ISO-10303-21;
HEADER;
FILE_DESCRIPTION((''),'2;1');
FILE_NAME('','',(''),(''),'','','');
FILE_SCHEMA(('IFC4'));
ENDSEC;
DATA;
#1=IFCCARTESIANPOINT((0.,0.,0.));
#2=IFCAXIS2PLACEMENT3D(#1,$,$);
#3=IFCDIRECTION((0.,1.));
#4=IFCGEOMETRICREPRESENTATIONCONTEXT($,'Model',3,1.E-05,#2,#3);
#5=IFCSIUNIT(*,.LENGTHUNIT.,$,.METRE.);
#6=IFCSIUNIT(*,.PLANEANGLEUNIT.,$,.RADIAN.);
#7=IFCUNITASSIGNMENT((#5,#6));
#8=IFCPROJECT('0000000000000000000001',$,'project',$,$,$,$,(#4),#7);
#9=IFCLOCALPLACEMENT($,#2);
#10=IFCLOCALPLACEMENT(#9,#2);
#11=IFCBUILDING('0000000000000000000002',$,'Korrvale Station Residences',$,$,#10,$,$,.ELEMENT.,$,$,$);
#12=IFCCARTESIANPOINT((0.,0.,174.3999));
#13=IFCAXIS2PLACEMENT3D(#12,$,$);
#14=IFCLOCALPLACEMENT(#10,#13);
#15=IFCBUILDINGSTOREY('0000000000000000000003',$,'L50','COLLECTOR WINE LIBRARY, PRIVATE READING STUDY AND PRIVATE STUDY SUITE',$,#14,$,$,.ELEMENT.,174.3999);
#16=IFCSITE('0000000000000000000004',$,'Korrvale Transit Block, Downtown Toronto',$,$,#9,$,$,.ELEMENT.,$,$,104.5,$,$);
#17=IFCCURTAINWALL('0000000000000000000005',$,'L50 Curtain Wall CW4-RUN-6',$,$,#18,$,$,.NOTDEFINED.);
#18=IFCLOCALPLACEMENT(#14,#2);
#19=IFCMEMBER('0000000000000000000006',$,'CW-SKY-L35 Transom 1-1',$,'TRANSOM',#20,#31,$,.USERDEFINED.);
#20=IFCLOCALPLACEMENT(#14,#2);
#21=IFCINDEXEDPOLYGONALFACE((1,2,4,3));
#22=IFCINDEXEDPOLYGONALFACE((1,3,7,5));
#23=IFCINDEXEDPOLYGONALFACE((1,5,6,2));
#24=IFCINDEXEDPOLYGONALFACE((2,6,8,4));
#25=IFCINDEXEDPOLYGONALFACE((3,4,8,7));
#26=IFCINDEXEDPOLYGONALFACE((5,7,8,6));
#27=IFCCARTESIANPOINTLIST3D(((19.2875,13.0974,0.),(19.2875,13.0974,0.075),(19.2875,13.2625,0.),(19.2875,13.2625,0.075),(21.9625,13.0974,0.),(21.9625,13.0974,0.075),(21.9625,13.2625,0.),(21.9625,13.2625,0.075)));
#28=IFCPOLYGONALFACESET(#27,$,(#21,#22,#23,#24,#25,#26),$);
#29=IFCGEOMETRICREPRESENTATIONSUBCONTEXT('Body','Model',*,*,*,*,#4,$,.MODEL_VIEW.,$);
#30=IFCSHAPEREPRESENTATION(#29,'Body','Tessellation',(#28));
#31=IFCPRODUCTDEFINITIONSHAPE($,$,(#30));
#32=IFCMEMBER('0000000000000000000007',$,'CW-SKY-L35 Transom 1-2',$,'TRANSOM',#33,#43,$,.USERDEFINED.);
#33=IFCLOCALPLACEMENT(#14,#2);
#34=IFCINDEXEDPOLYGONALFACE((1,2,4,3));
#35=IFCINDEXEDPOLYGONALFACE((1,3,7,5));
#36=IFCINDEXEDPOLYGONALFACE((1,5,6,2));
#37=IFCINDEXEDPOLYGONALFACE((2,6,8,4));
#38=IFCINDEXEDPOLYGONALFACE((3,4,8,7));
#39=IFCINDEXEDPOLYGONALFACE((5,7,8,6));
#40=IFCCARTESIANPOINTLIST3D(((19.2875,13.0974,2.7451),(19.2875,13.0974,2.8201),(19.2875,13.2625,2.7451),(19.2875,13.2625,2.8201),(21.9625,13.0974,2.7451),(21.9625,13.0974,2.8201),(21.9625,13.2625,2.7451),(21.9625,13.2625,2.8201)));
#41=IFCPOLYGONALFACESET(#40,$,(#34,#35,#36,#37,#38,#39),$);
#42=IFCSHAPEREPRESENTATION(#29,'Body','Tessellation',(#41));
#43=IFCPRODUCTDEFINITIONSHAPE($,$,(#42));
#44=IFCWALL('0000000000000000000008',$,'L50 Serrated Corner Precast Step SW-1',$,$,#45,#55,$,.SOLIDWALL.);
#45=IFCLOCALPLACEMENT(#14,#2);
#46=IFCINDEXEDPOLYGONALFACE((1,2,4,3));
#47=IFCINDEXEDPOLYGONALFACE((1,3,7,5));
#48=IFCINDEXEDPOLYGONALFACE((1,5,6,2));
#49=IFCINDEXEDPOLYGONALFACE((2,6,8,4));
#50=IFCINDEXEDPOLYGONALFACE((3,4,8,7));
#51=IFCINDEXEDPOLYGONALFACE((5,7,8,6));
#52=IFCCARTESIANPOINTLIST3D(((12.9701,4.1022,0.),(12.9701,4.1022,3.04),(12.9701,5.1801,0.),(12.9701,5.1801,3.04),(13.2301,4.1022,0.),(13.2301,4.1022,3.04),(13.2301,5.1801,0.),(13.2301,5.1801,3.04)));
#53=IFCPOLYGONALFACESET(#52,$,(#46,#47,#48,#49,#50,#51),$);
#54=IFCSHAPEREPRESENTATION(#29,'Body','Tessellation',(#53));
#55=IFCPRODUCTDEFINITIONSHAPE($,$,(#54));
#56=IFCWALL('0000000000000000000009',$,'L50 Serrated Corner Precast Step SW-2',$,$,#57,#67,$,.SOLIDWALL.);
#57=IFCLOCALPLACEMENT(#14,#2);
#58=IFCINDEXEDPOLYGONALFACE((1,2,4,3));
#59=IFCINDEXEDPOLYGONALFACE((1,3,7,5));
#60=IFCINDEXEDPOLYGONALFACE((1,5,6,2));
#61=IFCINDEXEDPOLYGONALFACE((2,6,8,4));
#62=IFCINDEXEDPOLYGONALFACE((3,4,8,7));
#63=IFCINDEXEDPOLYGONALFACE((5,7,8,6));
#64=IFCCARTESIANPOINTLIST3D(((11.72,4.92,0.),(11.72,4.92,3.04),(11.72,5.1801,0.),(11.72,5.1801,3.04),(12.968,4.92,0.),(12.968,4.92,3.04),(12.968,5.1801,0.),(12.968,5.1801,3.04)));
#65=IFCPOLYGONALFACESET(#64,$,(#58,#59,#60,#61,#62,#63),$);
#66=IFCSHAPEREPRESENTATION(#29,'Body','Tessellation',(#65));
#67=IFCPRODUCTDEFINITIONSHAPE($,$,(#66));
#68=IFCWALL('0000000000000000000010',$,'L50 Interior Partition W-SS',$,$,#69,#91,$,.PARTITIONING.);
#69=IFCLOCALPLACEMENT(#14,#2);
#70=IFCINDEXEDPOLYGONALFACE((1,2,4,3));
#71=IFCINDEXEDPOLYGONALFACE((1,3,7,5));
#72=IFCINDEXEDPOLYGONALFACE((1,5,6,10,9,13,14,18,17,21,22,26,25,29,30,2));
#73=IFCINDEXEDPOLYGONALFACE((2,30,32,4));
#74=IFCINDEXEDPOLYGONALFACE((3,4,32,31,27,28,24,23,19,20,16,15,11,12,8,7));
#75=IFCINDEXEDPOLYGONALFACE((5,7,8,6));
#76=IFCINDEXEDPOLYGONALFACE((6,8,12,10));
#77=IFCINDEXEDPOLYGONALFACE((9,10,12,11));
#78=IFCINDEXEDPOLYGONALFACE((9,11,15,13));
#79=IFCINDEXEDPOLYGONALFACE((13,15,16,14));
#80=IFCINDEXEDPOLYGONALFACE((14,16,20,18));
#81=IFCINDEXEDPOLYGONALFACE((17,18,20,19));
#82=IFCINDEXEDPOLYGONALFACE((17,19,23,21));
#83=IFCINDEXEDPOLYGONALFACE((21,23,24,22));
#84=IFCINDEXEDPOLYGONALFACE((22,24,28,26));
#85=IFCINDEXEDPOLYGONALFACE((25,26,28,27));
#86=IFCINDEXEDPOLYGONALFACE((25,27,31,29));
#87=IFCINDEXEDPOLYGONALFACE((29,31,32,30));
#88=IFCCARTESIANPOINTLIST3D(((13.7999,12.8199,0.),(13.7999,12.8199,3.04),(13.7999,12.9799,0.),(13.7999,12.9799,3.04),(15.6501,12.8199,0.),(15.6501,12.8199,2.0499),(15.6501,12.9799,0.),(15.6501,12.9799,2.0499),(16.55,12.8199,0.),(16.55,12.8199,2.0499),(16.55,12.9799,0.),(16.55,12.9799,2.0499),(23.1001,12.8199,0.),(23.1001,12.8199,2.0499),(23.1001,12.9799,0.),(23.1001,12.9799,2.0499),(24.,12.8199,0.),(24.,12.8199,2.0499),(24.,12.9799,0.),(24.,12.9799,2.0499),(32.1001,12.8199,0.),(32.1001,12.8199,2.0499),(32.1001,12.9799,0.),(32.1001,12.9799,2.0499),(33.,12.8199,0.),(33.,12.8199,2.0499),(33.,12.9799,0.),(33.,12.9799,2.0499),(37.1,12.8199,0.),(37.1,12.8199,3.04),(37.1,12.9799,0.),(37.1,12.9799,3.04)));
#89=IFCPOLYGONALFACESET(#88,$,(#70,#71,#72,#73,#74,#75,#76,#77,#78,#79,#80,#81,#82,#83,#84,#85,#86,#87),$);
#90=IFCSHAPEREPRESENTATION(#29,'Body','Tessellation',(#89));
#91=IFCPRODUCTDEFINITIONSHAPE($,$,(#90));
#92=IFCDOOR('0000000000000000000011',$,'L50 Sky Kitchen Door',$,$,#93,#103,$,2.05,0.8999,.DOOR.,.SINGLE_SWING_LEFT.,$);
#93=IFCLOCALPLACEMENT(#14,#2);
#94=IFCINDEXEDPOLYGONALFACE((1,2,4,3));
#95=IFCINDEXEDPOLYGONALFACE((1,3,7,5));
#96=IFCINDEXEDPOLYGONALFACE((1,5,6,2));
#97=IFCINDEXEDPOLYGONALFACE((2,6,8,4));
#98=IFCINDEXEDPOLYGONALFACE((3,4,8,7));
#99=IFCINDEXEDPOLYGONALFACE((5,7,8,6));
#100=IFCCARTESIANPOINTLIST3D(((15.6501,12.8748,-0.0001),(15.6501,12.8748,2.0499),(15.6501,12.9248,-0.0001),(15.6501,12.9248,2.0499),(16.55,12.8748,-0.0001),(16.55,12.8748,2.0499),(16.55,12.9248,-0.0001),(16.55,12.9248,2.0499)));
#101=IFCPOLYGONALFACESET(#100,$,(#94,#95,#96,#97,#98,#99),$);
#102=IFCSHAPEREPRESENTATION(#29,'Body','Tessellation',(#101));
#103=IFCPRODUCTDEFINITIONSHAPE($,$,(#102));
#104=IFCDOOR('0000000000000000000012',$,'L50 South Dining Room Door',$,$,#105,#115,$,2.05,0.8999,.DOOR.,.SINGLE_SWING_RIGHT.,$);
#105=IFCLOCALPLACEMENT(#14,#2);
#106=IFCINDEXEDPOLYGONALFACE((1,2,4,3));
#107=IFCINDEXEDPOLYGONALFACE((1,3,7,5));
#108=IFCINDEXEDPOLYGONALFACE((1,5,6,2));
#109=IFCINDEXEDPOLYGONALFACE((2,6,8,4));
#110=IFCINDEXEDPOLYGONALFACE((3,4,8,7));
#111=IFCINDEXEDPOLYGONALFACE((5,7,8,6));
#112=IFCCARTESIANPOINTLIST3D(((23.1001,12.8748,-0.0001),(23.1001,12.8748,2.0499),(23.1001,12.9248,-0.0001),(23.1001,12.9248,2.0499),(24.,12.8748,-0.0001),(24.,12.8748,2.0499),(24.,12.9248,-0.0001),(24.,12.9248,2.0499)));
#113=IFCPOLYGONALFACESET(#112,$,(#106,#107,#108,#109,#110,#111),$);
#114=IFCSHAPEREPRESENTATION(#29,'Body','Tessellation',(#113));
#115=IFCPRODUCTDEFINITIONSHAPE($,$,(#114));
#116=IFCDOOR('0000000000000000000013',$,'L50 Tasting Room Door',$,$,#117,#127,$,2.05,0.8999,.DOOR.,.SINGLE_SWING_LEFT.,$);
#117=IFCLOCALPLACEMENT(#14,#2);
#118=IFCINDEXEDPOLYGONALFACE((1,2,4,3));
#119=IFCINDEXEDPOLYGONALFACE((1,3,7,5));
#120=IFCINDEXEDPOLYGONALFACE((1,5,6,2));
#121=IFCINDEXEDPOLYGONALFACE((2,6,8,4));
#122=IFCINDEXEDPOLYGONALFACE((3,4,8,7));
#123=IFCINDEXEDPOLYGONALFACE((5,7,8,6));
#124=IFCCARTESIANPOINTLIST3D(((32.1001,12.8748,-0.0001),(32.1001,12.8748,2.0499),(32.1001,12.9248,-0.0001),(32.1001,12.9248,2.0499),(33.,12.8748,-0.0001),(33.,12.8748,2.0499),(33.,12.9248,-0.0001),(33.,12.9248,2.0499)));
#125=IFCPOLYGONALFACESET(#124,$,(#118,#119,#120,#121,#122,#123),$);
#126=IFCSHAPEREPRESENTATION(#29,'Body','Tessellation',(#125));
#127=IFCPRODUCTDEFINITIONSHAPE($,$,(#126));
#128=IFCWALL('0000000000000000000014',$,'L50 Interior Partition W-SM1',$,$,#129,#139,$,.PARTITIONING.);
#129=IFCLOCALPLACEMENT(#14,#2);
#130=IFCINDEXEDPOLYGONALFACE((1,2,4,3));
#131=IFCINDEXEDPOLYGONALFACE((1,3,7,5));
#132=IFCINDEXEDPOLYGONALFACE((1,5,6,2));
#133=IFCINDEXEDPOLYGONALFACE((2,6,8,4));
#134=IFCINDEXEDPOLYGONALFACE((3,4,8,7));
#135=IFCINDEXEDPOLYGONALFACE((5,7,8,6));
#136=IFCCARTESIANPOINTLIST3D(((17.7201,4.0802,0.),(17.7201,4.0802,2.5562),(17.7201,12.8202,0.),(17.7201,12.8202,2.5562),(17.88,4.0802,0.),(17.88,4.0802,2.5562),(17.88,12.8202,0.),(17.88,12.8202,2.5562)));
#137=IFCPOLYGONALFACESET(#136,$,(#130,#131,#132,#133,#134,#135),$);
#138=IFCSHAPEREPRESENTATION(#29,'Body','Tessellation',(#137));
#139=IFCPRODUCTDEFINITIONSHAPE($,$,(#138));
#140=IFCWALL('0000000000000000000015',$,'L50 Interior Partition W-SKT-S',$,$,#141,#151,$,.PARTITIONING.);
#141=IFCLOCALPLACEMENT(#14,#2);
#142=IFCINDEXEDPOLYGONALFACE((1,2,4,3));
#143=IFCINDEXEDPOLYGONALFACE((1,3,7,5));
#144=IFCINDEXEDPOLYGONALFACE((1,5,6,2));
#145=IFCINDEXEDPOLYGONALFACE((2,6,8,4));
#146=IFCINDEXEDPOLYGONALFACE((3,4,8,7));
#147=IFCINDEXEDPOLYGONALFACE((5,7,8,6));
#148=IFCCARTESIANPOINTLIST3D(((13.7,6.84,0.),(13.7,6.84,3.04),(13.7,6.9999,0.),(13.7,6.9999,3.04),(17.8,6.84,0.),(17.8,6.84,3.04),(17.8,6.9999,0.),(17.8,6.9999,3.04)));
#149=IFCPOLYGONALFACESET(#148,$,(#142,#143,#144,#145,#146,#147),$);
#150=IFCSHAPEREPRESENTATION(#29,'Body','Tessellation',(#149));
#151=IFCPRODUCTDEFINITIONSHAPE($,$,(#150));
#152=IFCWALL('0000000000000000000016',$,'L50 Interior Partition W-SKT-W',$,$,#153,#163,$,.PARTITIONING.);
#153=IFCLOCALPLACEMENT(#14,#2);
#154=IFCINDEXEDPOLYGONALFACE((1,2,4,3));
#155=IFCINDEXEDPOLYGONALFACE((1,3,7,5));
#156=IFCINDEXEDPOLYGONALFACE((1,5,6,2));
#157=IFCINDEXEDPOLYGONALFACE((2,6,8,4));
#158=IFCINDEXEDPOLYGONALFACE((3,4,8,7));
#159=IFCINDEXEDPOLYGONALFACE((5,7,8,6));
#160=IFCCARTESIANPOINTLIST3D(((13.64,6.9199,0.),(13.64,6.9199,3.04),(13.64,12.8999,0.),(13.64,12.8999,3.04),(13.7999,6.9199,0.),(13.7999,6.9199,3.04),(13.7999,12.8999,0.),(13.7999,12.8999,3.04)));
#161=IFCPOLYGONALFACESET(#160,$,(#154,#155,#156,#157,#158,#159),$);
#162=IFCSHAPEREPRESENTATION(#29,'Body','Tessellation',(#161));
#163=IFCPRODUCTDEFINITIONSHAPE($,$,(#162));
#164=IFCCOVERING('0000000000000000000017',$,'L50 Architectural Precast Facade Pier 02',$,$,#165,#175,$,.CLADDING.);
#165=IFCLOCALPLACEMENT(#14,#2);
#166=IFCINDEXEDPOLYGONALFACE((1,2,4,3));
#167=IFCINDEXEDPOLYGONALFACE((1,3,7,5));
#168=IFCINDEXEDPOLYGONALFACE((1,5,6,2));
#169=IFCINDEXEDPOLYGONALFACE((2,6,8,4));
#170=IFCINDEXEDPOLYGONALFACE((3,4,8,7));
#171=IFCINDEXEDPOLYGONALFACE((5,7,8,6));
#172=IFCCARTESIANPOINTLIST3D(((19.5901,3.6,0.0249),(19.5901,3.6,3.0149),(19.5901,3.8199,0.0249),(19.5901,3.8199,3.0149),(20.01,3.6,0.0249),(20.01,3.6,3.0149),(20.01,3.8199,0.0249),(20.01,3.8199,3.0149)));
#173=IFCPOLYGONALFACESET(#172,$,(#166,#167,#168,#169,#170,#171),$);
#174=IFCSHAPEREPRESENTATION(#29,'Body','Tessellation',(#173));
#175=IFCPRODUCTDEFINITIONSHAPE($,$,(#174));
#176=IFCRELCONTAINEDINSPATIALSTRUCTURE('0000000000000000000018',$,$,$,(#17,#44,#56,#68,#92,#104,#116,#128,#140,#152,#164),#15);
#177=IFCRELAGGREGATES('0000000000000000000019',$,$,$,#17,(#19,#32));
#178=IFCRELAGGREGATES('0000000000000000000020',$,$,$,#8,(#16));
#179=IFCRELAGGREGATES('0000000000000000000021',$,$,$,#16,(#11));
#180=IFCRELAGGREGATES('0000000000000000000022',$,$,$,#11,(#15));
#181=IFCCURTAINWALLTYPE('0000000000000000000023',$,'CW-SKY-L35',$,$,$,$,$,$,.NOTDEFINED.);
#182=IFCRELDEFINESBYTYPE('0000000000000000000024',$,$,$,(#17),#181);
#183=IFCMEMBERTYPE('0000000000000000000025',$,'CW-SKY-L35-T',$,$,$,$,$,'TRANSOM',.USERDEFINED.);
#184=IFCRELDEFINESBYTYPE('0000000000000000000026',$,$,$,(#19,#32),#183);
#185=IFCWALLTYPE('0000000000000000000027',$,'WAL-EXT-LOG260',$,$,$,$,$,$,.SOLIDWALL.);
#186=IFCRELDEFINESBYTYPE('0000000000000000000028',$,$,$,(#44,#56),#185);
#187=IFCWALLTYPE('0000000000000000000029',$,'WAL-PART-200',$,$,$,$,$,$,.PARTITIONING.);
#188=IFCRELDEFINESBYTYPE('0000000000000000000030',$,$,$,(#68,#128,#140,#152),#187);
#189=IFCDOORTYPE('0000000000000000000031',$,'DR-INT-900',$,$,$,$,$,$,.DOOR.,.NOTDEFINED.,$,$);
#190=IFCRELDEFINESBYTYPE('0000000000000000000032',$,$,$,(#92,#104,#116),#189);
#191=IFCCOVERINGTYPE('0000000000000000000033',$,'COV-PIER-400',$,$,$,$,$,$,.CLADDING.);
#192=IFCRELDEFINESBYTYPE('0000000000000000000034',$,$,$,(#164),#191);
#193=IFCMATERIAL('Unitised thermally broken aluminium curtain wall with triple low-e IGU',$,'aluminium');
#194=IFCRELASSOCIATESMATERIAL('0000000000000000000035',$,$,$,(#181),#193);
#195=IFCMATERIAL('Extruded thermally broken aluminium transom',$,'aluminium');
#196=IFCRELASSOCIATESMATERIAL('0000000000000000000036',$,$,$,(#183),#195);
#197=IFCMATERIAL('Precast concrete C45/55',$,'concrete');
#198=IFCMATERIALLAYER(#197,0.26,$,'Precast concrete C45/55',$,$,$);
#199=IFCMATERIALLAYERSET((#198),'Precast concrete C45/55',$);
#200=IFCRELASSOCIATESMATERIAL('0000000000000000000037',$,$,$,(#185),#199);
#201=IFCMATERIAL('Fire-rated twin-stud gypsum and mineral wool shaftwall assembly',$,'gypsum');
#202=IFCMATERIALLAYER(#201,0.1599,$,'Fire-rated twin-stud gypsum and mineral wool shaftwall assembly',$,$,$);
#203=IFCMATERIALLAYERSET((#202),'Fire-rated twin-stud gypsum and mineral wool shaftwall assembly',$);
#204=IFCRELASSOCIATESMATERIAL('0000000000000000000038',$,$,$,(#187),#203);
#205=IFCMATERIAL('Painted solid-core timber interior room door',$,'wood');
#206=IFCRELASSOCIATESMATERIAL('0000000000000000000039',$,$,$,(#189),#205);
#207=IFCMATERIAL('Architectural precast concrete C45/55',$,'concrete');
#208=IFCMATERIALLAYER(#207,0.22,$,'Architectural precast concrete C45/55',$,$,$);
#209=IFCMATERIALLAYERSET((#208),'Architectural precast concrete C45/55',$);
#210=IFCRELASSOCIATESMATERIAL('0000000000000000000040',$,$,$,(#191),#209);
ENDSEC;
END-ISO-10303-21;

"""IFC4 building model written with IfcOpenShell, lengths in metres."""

from ifc_helpers import new_model, si_unit, direction, frame, frame_2d, origin, origin_2d, place, context, subcontext, project, spatial, rectangle, extrude, material, layer, layer_set, type_object, element, fill, aggregate, save


model = new_model("IFC4")

# Units and contexts
model_context = context("Model", 3, precision=1e-05, world=origin(), true_north=direction((0.0, 1.0)))
body_context = subcontext(model_context, "Body", "Model", "MODEL_VIEW")
ifc_project = project(units=[si_unit("LENGTHUNIT", "METRE"), si_unit("PLANEANGLEUNIT", "RADIAN")], contexts=[model_context])

# Site, building, storey
site_placement = place(None, origin())
site = spatial("IfcSite", under=ifc_project, at=site_placement, Name="Korrvale Transit Block, Downtown Toronto", CompositionType="ELEMENT", RefElevation=104.5)
building_placement = place(site_placement, origin())
building = spatial("IfcBuilding", under=site, at=building_placement, Name="Korrvale Station Residences", CompositionType="ELEMENT")
storey_placement = place(building_placement, frame((0.0, 0.0, 174.3999)))
storey = spatial("IfcBuildingStorey", under=building, at=storey_placement, Name="L50", Description="COLLECTOR WINE LIBRARY, PRIVATE READING STUDY AND PRIVATE STUDY SUITE", CompositionType="ELEMENT", Elevation=174.3999)

# Curtain wall, members
ifc_material_1 = material(Name="Unitised thermally broken aluminium curtain wall with triple low-e IGU", Category="aluminium")
curtain_wall_type = type_object("IfcCurtainWallType", Name="CW-SKY-L35", PredefinedType="NOTDEFINED", material=ifc_material_1)
curtain_wall_placement = place(storey_placement, origin())
curtain_wall = element("IfcCurtainWall", 1, at=curtain_wall_placement, inside=storey, type_object=curtain_wall_type, Name="L50 Curtain Wall CW4-RUN-6", PredefinedType="NOTDEFINED")
ifc_material_2 = material(Name="Extruded thermally broken aluminium transom", Category="aluminium")
member_type_1 = type_object("IfcMemberType", Name="CW-SKY-L35-T", ElementType="TRANSOM", PredefinedType="USERDEFINED", material=ifc_material_2)
member_1_placement = place(storey_placement, frame((20.625, 13.1799, 0.0), z_axis=(0.0, 0.0, 1.0), x_axis=(1.0, 0.0, 0.0)))
member_1 = element("IfcMember", 2, at=member_1_placement, type_object=member_type_1, Name="CW-SKY-L35 Transom 1-1", ObjectType="TRANSOM", PredefinedType="USERDEFINED", context=body_context, shape_type="SweptSolid", body=[
    extrude(rectangle(XDim=2.675, YDim=0.165, at=origin_2d()), origin(), (0.0, 0.0, 1.0), 0.075),
])
member_2_placement = place(storey_placement, frame((20.625, 13.1799, 2.7451), z_axis=(0.0, 0.0, 1.0), x_axis=(1.0, 0.0, 0.0)))
member_2 = element("IfcMember", 3, at=member_2_placement, type_object=member_type_1, Name="CW-SKY-L35 Transom 1-2", ObjectType="TRANSOM", PredefinedType="USERDEFINED", context=body_context, shape_type="SweptSolid", body=[
    extrude(rectangle(XDim=2.675, YDim=0.165, at=origin_2d()), origin(), (0.0, 0.0, 1.0), 0.075),
])
aggregate(curtain_wall, [member_1, member_2])

# Walls
ifc_material_3 = material(Name="Precast concrete C45/55", Category="concrete")
ifc_layer_1 = layer(ifc_material_3, 0.26, Name="Precast concrete C45/55")
ifc_layer_set_1 = layer_set([ifc_layer_1], Name="Precast concrete C45/55")
wall_type_1 = type_object("IfcWallType", Name="WAL-EXT-LOG260", PredefinedType="SOLIDWALL", material=ifc_layer_set_1)
wall_1_placement = place(storey_placement, frame((13.1001, 4.1021, 0.0), z_axis=(0.0, 0.0, 1.0), x_axis=(0.0, 1.0, 0.0)))
element("IfcWall", 4, at=wall_1_placement, inside=storey, type_object=wall_type_1, Name="L50 Serrated Corner Precast Step SW-1", PredefinedType="SOLIDWALL", context=body_context, shape_type="SweptSolid", body=[
    extrude(rectangle(XDim=1.0779, YDim=0.26, at=frame_2d((0.5391, 0.0))), origin(), (0.0, 0.0, 1.0), 3.04),
])
wall_2_placement = place(storey_placement, frame((12.968, 5.05, 0.0), z_axis=(0.0, 0.0, 1.0), x_axis=(-1.0, 0.0, 0.0)))
element("IfcWall", 5, at=wall_2_placement, inside=storey, type_object=wall_type_1, Name="L50 Serrated Corner Precast Step SW-2", PredefinedType="SOLIDWALL", context=body_context, shape_type="SweptSolid", body=[
    extrude(rectangle(XDim=1.248, YDim=0.26, at=frame_2d((0.624, 0.0))), origin(), (0.0, 0.0, 1.0), 3.04),
])

# Wall, openings, doors
ifc_material_4 = material(Name="Fire-rated twin-stud gypsum and mineral wool shaftwall assembly", Category="gypsum")
ifc_layer_2 = layer(ifc_material_4, 0.1599, Name="Fire-rated twin-stud gypsum and mineral wool shaftwall assembly")
ifc_layer_set_2 = layer_set([ifc_layer_2], Name="Fire-rated twin-stud gypsum and mineral wool shaftwall assembly")
wall_type_2 = type_object("IfcWallType", Name="WAL-PART-200", PredefinedType="PARTITIONING", material=ifc_layer_set_2)
wall_3_placement = place(storey_placement, frame((13.8, 12.8999, 0.0), z_axis=(0.0, 0.0, 1.0), x_axis=(1.0, 0.0, 0.0)))
wall_3 = element("IfcWall", 6, at=wall_3_placement, inside=storey, type_object=wall_type_2, Name="L50 Interior Partition W-SS", PredefinedType="PARTITIONING", context=body_context, shape_type="SweptSolid", body=[
    extrude(rectangle(XDim=23.3, YDim=0.1599, at=frame_2d((11.6499, 0.0))), origin(), (0.0, 0.0, 1.0), 3.04),
])
opening_1_placement = place(wall_3_placement, frame((1.8501, 0.0, 0.0)))
opening_1 = element("IfcOpeningElement", 7, at=opening_1_placement, cuts=wall_3, PredefinedType="OPENING", context=body_context, shape_type="SweptSolid", body=[
    extrude(rectangle(XDim=0.8999, YDim=2.05, at=frame_2d((0.45, 1.0249))), frame((0.0, 0.0898, 0.0), z_axis=(0.0, -1.0, 0.0), x_axis=(1.0, 0.0, 0.0)), (0.0, 0.0, 1.0), 0.1799),
])
opening_2_placement = place(wall_3_placement, frame((9.3, 0.0, 0.0)))
opening_2 = element("IfcOpeningElement", 8, at=opening_2_placement, cuts=wall_3, PredefinedType="OPENING", context=body_context, shape_type="SweptSolid", body=[
    extrude(rectangle(XDim=0.8999, YDim=2.05, at=frame_2d((0.45, 1.0249))), frame((0.0, 0.0898, 0.0), z_axis=(0.0, -1.0, 0.0), x_axis=(1.0, 0.0, 0.0)), (0.0, 0.0, 1.0), 0.1799),
])
opening_3_placement = place(wall_3_placement, frame((18.3, 0.0, 0.0)))
opening_3 = element("IfcOpeningElement", 9, at=opening_3_placement, cuts=wall_3, PredefinedType="OPENING", context=body_context, shape_type="SweptSolid", body=[
    extrude(rectangle(XDim=0.8999, YDim=2.05, at=frame_2d((0.45, 1.0249))), frame((0.0, 0.0898, 0.0), z_axis=(0.0, -1.0, 0.0), x_axis=(1.0, 0.0, 0.0)), (0.0, 0.0, 1.0), 0.1799),
])
ifc_material_5 = material(Name="Painted solid-core timber interior room door", Category="wood")
door_type = type_object("IfcDoorType", Name="DR-INT-900", OperationType="NOTDEFINED", PredefinedType="DOOR", material=ifc_material_5)
door_1_placement = place(opening_1_placement, origin())
door_1 = element("IfcDoor", 10, at=door_1_placement, inside=storey, type_object=door_type, Name="L50 Sky Kitchen Door", OperationType="SINGLE_SWING_LEFT", OverallHeight=2.05, OverallWidth=0.8999, PredefinedType="DOOR", context=body_context, shape_type="SweptSolid", body=[
    extrude(rectangle(XDim=0.8999, YDim=2.05, at=frame_2d((0.45, 1.0249))), frame((0.0, 0.0249, 0.0), z_axis=(0.0, -1.0, 0.0), x_axis=(1.0, 0.0, 0.0)), (0.0, 0.0, 1.0), 0.05),
])
fill(opening_1, door_1)
door_2_placement = place(opening_2_placement, origin())
door_2 = element("IfcDoor", 11, at=door_2_placement, inside=storey, type_object=door_type, Name="L50 South Dining Room Door", OperationType="SINGLE_SWING_RIGHT", OverallHeight=2.05, OverallWidth=0.8999, PredefinedType="DOOR", context=body_context, shape_type="SweptSolid", body=[
    extrude(rectangle(XDim=0.8999, YDim=2.05, at=frame_2d((0.45, 1.0249))), frame((0.0, 0.0249, 0.0), z_axis=(0.0, -1.0, 0.0), x_axis=(1.0, 0.0, 0.0)), (0.0, 0.0, 1.0), 0.05),
])
fill(opening_2, door_2)
door_3_placement = place(opening_3_placement, origin())
door_3 = element("IfcDoor", 12, at=door_3_placement, inside=storey, type_object=door_type, Name="L50 Tasting Room Door", OperationType="SINGLE_SWING_LEFT", OverallHeight=2.05, OverallWidth=0.8999, PredefinedType="DOOR", context=body_context, shape_type="SweptSolid", body=[
    extrude(rectangle(XDim=0.8999, YDim=2.05, at=frame_2d((0.45, 1.0249))), frame((0.0, 0.0249, 0.0), z_axis=(0.0, -1.0, 0.0), x_axis=(1.0, 0.0, 0.0)), (0.0, 0.0, 1.0), 0.05),
])
fill(opening_3, door_3)

# Walls
wall_4_placement = place(storey_placement, frame((17.8, 4.0801, 0.0), z_axis=(0.0, 0.0, 1.0), x_axis=(0.0, 1.0, 0.0)))
element("IfcWall", 13, at=wall_4_placement, inside=storey, type_object=wall_type_2, Name="L50 Interior Partition W-SM1", PredefinedType="PARTITIONING", context=body_context, shape_type="SweptSolid", body=[
    extrude(rectangle(XDim=8.74, YDim=0.1599, at=frame_2d((4.3701, 0.0))), origin(), (0.0, 0.0, 1.0), 2.5562),
])
wall_5_placement = place(storey_placement, frame((13.7, 6.9199, 0.0), z_axis=(0.0, 0.0, 1.0), x_axis=(1.0, 0.0, 0.0)))
element("IfcWall", 14, at=wall_5_placement, inside=storey, type_object=wall_type_2, Name="L50 Interior Partition W-SKT-S", PredefinedType="PARTITIONING", context=body_context, shape_type="SweptSolid", body=[
    extrude(rectangle(XDim=4.1001, YDim=0.1599, at=frame_2d((2.05, 0.0))), origin(), (0.0, 0.0, 1.0), 3.04),
])
wall_6_placement = place(storey_placement, frame((13.72, 6.9199, 0.0), z_axis=(0.0, 0.0, 1.0), x_axis=(0.0, 1.0, 0.0)))
element("IfcWall", 15, at=wall_6_placement, inside=storey, type_object=wall_type_2, Name="L50 Interior Partition W-SKT-W", PredefinedType="PARTITIONING", context=body_context, shape_type="SweptSolid", body=[
    extrude(rectangle(XDim=5.98, YDim=0.1599, at=frame_2d((2.99, 0.0))), origin(), (0.0, 0.0, 1.0), 3.04),
])

# Covering
ifc_material_6 = material(Name="Architectural precast concrete C45/55", Category="concrete")
ifc_layer_3 = layer(ifc_material_6, 0.22, Name="Architectural precast concrete C45/55")
ifc_layer_set_3 = layer_set([ifc_layer_3], Name="Architectural precast concrete C45/55")
covering_type = type_object("IfcCoveringType", Name="COV-PIER-400", PredefinedType="CLADDING", material=ifc_layer_set_3)
covering_placement = place(storey_placement, frame((19.8, 3.71, 0.0249), z_axis=(0.0, 0.0, 1.0), x_axis=(1.0, 0.0, 0.0)))
element("IfcCovering", 16, at=covering_placement, inside=storey, type_object=covering_type, Name="L50 Architectural Precast Facade Pier 02", PredefinedType="CLADDING", context=body_context, shape_type="SweptSolid", body=[
    extrude(rectangle(XDim=0.4199, YDim=0.22, at=origin_2d()), origin(), (0.0, 0.0, 1.0), 2.99),
])

save(model, "model.ifc")
